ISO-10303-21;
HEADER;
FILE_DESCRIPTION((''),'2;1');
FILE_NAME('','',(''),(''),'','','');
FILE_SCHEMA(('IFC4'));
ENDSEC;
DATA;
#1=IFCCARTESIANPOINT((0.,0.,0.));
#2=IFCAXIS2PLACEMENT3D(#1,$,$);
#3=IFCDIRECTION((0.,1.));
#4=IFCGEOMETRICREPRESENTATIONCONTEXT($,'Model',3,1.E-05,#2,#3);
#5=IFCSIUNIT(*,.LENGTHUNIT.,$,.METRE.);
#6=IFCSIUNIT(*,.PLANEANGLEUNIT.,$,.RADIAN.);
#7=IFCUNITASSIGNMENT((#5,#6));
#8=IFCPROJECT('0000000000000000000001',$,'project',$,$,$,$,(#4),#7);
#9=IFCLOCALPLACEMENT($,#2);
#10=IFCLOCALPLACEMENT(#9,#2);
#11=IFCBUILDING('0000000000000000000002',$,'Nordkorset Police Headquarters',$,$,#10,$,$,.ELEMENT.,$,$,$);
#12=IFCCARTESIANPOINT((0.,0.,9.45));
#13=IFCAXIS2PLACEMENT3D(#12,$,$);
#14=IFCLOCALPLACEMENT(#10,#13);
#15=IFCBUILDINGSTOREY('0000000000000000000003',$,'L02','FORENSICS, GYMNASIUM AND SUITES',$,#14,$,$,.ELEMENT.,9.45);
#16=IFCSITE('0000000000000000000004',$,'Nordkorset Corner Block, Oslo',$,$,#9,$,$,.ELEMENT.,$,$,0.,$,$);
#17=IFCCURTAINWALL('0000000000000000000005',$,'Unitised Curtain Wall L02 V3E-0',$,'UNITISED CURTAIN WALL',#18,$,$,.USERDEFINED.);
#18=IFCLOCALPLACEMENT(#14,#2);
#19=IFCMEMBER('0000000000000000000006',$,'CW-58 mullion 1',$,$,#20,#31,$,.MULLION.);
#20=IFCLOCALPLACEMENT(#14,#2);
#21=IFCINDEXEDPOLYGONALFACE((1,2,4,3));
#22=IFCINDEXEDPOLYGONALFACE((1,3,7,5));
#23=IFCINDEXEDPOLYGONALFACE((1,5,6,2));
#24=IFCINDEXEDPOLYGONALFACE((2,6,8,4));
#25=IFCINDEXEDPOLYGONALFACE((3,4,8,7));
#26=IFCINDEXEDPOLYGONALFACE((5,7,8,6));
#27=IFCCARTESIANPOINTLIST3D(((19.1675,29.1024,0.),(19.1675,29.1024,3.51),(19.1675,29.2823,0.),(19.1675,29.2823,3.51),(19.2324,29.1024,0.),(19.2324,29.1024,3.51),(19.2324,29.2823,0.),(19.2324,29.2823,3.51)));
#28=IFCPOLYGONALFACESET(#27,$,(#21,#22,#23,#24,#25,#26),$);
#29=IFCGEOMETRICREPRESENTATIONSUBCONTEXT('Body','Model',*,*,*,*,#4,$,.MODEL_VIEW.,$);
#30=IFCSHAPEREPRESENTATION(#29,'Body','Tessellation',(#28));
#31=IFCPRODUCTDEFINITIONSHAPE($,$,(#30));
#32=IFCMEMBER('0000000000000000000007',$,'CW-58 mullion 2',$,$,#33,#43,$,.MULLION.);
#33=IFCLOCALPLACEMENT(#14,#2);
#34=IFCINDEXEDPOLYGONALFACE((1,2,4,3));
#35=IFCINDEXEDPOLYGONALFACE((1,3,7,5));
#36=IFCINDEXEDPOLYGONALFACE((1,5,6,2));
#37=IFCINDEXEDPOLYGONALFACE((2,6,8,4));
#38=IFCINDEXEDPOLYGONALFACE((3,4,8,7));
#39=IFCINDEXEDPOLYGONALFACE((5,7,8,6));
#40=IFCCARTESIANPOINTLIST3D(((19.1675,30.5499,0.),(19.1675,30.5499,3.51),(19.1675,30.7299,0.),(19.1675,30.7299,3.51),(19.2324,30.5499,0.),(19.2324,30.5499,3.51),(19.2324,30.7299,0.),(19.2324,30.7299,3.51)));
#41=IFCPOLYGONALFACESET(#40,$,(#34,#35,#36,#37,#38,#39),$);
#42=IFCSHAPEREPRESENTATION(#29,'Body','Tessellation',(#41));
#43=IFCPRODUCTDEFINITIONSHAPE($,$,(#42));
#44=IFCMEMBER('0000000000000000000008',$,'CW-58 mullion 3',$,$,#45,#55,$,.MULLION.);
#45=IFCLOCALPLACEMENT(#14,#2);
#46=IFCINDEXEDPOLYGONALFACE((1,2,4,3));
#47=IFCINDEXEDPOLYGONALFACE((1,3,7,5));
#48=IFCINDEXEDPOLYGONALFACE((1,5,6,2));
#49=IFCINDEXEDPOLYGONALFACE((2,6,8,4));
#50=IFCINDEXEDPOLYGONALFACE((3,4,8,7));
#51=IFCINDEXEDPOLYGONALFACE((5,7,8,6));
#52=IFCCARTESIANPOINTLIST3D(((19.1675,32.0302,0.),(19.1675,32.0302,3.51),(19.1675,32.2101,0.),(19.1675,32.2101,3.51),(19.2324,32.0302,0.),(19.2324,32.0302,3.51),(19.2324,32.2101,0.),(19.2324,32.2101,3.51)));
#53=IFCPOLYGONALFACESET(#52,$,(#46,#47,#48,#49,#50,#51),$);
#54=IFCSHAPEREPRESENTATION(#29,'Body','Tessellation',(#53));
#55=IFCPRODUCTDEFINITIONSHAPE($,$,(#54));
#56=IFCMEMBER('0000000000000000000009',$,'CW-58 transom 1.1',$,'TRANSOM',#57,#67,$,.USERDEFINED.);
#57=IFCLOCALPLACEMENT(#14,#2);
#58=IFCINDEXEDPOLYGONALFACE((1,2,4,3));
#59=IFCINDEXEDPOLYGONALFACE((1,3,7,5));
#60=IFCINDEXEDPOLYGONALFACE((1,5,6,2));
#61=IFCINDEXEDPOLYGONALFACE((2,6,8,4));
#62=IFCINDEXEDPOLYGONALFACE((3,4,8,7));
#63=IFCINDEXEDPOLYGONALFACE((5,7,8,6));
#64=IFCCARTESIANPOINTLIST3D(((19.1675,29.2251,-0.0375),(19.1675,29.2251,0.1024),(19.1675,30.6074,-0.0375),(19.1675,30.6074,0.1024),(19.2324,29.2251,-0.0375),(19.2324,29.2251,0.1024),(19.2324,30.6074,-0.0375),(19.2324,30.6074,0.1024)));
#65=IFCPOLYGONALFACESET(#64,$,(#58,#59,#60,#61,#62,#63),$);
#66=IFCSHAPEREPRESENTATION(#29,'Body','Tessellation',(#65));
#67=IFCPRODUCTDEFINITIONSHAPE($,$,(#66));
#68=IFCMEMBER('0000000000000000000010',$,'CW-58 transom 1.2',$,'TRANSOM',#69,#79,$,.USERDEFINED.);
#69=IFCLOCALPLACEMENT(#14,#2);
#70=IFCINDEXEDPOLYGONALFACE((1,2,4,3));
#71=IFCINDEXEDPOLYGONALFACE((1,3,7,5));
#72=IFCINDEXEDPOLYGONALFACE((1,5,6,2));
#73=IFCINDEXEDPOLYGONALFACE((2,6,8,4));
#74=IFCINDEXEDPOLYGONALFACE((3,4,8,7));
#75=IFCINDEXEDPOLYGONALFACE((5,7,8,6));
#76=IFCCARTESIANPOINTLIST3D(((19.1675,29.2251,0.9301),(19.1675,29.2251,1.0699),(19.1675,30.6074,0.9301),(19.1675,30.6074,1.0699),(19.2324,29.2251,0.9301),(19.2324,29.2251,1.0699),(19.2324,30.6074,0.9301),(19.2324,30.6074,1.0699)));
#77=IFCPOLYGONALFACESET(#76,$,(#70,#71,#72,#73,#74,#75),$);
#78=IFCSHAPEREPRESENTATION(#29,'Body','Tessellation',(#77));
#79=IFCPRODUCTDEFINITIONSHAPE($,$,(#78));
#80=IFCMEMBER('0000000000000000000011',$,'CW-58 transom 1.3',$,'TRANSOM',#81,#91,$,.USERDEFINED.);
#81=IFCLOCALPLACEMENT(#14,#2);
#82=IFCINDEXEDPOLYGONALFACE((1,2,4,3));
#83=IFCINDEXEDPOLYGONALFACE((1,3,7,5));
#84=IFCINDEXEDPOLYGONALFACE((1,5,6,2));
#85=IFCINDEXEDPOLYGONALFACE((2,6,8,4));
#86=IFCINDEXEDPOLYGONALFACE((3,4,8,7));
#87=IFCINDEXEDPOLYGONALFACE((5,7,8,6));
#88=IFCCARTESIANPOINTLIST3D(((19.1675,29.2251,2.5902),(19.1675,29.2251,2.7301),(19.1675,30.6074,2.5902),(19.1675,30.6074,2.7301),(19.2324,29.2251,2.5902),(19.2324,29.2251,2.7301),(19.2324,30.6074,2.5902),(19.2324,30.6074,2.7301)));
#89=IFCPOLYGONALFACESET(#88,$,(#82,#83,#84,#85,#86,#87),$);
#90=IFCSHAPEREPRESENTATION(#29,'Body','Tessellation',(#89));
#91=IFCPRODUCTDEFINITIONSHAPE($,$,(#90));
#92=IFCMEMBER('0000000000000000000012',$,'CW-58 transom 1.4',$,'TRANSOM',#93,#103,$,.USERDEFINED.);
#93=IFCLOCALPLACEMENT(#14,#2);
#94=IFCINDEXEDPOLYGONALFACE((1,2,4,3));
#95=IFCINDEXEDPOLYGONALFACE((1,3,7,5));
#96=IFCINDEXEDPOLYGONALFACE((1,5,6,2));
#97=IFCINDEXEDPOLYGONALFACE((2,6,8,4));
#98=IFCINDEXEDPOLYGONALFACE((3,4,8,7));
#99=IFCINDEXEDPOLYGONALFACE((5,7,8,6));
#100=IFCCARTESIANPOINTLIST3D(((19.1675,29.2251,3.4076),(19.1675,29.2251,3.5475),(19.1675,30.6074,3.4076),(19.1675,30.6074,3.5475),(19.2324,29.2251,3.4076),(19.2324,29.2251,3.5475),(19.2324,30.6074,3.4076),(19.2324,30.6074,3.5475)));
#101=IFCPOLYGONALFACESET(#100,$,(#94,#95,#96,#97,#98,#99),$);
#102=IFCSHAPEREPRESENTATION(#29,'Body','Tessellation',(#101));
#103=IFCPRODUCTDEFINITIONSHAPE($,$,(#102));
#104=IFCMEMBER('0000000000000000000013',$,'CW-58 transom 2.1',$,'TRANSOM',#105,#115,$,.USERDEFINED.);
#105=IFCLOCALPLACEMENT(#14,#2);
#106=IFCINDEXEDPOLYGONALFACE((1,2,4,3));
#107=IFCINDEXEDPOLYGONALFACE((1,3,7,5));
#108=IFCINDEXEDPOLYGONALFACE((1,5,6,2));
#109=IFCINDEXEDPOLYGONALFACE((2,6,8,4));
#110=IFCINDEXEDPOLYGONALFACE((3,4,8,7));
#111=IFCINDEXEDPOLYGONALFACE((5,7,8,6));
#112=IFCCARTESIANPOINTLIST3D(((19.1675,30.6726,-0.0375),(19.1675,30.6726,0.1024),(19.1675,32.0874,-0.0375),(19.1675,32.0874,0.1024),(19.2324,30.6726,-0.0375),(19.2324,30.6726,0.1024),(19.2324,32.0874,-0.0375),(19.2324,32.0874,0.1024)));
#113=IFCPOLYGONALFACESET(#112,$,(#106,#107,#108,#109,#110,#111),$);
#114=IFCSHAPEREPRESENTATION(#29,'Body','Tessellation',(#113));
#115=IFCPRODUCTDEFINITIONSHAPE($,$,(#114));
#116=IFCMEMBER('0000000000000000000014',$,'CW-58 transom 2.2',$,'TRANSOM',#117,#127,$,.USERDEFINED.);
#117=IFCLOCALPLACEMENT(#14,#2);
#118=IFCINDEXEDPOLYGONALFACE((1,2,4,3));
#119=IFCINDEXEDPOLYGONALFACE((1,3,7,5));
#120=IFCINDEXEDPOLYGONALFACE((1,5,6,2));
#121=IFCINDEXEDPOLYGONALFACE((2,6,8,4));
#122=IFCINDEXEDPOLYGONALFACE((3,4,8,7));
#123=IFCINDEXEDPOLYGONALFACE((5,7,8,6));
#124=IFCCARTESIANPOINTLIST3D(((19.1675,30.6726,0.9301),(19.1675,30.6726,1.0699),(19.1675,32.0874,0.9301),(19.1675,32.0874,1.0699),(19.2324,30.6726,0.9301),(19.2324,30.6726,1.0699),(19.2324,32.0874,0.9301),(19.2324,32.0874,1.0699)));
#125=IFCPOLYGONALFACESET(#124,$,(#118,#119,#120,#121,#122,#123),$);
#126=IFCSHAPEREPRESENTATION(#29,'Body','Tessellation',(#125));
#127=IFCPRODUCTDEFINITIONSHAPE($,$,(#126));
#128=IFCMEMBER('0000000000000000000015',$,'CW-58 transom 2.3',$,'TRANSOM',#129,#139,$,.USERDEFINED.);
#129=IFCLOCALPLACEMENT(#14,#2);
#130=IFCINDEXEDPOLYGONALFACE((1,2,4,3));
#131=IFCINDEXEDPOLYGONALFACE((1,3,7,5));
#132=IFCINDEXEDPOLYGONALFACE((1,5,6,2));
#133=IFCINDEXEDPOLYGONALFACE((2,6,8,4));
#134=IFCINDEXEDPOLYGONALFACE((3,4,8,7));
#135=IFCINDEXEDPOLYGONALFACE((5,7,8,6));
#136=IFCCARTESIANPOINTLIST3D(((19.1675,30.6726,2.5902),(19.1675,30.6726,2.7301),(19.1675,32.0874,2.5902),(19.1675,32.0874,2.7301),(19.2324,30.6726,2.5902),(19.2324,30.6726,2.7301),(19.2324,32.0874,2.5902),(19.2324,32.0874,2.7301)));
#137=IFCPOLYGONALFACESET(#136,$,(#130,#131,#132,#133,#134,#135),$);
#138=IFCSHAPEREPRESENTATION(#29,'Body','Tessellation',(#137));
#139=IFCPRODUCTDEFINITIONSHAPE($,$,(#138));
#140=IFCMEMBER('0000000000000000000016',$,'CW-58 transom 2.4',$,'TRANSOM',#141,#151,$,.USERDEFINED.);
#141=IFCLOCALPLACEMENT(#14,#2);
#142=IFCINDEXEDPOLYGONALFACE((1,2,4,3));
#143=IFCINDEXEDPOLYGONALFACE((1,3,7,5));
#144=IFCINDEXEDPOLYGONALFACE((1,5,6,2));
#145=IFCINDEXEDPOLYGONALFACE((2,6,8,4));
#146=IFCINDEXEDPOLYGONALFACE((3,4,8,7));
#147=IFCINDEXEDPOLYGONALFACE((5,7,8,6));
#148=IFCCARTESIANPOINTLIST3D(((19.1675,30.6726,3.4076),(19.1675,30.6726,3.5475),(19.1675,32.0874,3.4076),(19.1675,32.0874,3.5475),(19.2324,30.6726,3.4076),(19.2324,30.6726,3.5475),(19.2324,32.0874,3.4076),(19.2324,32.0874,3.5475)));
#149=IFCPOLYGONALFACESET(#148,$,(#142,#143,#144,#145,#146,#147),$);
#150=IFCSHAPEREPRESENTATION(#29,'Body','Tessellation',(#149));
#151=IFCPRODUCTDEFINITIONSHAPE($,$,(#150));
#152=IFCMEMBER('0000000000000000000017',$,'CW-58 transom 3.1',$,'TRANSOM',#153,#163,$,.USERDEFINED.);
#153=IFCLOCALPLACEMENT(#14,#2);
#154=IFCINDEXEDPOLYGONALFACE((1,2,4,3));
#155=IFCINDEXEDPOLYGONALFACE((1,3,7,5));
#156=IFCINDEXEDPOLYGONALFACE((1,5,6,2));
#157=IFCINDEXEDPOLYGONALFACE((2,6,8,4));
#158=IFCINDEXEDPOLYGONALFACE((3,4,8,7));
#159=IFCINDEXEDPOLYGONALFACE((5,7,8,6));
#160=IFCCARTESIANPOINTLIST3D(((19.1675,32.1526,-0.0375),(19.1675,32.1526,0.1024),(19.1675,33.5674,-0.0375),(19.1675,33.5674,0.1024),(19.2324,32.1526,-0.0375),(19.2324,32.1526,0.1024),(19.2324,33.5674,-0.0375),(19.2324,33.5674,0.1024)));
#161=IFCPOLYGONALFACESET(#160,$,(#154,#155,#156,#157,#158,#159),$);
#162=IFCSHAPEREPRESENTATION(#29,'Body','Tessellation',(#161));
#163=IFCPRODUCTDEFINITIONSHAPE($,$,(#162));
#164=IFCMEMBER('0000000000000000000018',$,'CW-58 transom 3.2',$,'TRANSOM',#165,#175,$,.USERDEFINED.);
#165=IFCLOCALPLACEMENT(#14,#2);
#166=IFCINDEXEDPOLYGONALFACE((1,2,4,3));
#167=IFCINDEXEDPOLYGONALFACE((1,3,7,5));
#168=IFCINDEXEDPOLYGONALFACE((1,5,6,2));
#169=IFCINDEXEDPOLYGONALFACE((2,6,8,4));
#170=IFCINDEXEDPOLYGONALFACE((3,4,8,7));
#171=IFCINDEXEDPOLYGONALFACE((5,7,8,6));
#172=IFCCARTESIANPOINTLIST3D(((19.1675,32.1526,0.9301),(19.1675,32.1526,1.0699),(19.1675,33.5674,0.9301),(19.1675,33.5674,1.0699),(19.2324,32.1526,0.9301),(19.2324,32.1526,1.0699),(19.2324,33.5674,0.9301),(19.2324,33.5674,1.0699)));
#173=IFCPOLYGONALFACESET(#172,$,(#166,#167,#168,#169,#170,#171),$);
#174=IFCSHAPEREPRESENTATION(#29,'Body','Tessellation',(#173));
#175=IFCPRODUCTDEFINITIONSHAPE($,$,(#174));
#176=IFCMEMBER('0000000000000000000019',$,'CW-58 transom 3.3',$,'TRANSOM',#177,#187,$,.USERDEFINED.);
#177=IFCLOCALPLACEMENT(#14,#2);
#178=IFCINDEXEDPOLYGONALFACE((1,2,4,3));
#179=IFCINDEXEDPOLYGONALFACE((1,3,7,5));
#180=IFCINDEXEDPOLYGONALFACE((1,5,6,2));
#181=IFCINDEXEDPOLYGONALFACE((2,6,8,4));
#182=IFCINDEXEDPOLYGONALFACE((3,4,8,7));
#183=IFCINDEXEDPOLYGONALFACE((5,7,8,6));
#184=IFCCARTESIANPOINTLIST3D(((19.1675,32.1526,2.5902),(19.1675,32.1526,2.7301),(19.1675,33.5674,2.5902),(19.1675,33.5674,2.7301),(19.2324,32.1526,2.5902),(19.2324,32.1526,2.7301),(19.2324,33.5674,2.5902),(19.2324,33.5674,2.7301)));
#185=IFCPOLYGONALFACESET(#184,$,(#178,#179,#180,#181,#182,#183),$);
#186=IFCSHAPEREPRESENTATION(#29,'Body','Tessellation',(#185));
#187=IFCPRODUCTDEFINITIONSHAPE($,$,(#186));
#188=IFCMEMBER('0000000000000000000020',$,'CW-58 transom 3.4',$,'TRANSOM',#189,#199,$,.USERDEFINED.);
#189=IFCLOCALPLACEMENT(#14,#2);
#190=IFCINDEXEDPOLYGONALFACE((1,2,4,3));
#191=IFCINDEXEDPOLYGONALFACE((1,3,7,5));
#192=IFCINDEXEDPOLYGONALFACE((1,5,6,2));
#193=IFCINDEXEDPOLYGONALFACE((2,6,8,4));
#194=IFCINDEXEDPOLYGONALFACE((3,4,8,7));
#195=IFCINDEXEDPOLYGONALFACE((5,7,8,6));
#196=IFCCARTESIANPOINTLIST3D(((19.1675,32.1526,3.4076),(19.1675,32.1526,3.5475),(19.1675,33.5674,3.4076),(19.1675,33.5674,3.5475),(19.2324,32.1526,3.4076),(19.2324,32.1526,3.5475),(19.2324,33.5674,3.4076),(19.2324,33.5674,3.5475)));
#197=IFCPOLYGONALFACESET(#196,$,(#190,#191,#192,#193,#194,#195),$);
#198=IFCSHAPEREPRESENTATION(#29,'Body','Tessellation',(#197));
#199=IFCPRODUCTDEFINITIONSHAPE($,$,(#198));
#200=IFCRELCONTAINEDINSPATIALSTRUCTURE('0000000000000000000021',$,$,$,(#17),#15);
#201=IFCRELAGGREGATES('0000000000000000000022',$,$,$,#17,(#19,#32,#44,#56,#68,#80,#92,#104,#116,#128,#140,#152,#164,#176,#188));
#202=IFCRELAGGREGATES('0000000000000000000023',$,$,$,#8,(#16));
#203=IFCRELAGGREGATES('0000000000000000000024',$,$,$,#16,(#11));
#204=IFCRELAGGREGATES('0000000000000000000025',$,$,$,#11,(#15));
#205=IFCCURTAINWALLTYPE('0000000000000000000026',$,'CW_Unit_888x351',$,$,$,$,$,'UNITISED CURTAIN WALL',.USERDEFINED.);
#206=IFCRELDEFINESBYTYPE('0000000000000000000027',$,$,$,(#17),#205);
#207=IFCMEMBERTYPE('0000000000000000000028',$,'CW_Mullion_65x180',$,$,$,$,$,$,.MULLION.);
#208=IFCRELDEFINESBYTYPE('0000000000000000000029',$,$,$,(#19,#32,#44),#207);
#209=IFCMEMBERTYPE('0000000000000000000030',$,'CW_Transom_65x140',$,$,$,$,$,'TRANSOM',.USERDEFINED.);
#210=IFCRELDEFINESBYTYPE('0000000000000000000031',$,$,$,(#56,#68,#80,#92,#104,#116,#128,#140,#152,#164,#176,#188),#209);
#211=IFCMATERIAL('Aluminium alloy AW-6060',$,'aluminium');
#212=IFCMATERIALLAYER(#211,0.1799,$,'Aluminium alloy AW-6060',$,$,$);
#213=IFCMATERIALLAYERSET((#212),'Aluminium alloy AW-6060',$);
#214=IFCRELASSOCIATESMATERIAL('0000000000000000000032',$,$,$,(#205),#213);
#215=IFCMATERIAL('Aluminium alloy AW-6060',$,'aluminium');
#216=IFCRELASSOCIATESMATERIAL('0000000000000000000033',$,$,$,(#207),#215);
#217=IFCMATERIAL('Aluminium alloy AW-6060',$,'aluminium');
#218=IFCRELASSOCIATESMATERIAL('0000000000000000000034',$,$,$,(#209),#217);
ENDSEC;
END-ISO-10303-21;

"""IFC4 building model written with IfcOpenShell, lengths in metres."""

from ifc_helpers import new_model, si_unit, direction, frame, origin, origin_2d, place, context, subcontext, project, spatial, rectangle, extrude, material, layer, layer_set, material_profile, profile_set, type_object, element, aggregate, save


model = new_model("IFC4")

# Units and contexts
model_context = context("Model", 3, precision=1e-05, world=origin(), true_north=direction((0.0, 1.0)))
body_context = subcontext(model_context, "Body", "Model", "MODEL_VIEW")
ifc_project = project(units=[si_unit("LENGTHUNIT", "METRE"), si_unit("PLANEANGLEUNIT", "RADIAN")], contexts=[model_context])

# Site, building, storey
site_placement = place(None, origin())
site = spatial("IfcSite", under=ifc_project, at=site_placement, Name="Nordkorset Corner Block, Oslo", CompositionType="ELEMENT", RefElevation=0.0)
building_placement = place(site_placement, origin())
building = spatial("IfcBuilding", under=site, at=building_placement, Name="Nordkorset Police Headquarters", CompositionType="ELEMENT")
storey_placement = place(building_placement, frame((0.0, 0.0, 9.45)))
storey = spatial("IfcBuildingStorey", under=building, at=storey_placement, Name="L02", Description="FORENSICS, GYMNASIUM AND SUITES", CompositionType="ELEMENT", Elevation=9.45)

# Curtain wall, members
ifc_material_1 = material(Name="Aluminium alloy AW-6060", Category="aluminium")
ifc_layer_1 = layer(ifc_material_1, 0.1799, Name="Aluminium alloy AW-6060")
ifc_layer_set_1 = layer_set([ifc_layer_1], Name="Aluminium alloy AW-6060")
curtain_wall_type = type_object("IfcCurtainWallType", Name="CW_Unit_888x351", ElementType="UNITISED CURTAIN WALL", PredefinedType="USERDEFINED", material=ifc_layer_set_1)
curtain_wall_placement = place(storey_placement, origin())
curtain_wall = element("IfcCurtainWall", 1, at=curtain_wall_placement, inside=storey, type_object=curtain_wall_type, Name="Unitised Curtain Wall L02 V3E-0", ObjectType="UNITISED CURTAIN WALL", PredefinedType="USERDEFINED")
ifc_material_2 = material(Name="Aluminium alloy AW-6060", Category="aluminium")
ifc_material_profile_1 = material_profile(ifc_material_2, rectangle(XDim=0.0649, YDim=0.1799, at=origin_2d()), Name="ALU MULL 65x180")
ifc_profile_set_1 = profile_set([ifc_material_profile_1], Name="Aluminium alloy AW-6060")
member_type_1 = type_object("IfcMemberType", Name="CW_Mullion_65x180", PredefinedType="MULLION", material=ifc_profile_set_1)
member_1_placement = place(storey_placement, frame((19.2, 29.1924, 0.0), z_axis=(0.0, 0.0, 1.0), x_axis=(-1.0, 0.0, 0.0)))
member_1 = element("IfcMember", 2, at=member_1_placement, type_object=member_type_1, Name="CW-58 mullion 1", PredefinedType="MULLION", context=body_context, shape_type="SweptSolid", body=[
    extrude(rectangle(XDim=0.0649, YDim=0.1799, at=origin_2d()), origin(), (0.0, 0.0, 1.0), 3.51),
])
member_2_placement = place(storey_placement, frame((19.2, 30.6399, 0.0), z_axis=(0.0, 0.0, 1.0), x_axis=(-1.0, 0.0, 0.0)))
member_2 = element("IfcMember", 3, at=member_2_placement, type_object=member_type_1, Name="CW-58 mullion 2", PredefinedType="MULLION", context=body_context, shape_type="SweptSolid", body=[
    extrude(rectangle(XDim=0.0649, YDim=0.1799, at=origin_2d()), origin(), (0.0, 0.0, 1.0), 3.51),
])
member_3_placement = place(storey_placement, frame((19.2, 32.1201, 0.0), z_axis=(0.0, 0.0, 1.0), x_axis=(-1.0, 0.0, 0.0)))
member_3 = element("IfcMember", 4, at=member_3_placement, type_object=member_type_1, Name="CW-58 mullion 3", PredefinedType="MULLION", context=body_context, shape_type="SweptSolid", body=[
    extrude(rectangle(XDim=0.0649, YDim=0.1799, at=origin_2d()), origin(), (0.0, 0.0, 1.0), 3.51),
])
ifc_material_3 = material(Name="Aluminium alloy AW-6060", Category="aluminium")
ifc_material_profile_2 = material_profile(ifc_material_3, rectangle(XDim=0.0649, YDim=0.1399, at=origin_2d()), Name="ALU TRAN 65x140")
ifc_profile_set_2 = profile_set([ifc_material_profile_2], Name="Aluminium alloy AW-6060")
member_type_2 = type_object("IfcMemberType", Name="CW_Transom_65x140", ElementType="TRANSOM", PredefinedType="USERDEFINED", material=ifc_profile_set_2)
member_4_placement = place(storey_placement, frame((19.2, 29.2251, 0.0325), z_axis=(0.0, 1.0, 0.0), x_axis=(-1.0, 0.0, 0.0)))
member_4 = element("IfcMember", 5, at=member_4_placement, type_object=member_type_2, Name="CW-58 transom 1.1", ObjectType="TRANSOM", PredefinedType="USERDEFINED", context=body_context, shape_type="SweptSolid", body=[
    extrude(rectangle(XDim=0.0649, YDim=0.1399, at=origin_2d()), origin(), (0.0, 0.0, 1.0), 1.3823),
])
member_5_placement = place(storey_placement, frame((19.2, 29.2251, 1.0), z_axis=(0.0, 1.0, 0.0), x_axis=(-1.0, 0.0, 0.0)))
member_5 = element("IfcMember", 6, at=member_5_placement, type_object=member_type_2, Name="CW-58 transom 1.2", ObjectType="TRANSOM", PredefinedType="USERDEFINED", context=body_context, shape_type="SweptSolid", body=[
    extrude(rectangle(XDim=0.0649, YDim=0.1399, at=origin_2d()), origin(), (0.0, 0.0, 1.0), 1.3823),
])
member_6_placement = place(storey_placement, frame((19.2, 29.2251, 2.6602), z_axis=(0.0, 1.0, 0.0), x_axis=(-1.0, 0.0, 0.0)))
member_6 = element("IfcMember", 7, at=member_6_placement, type_object=member_type_2, Name="CW-58 transom 1.3", ObjectType="TRANSOM", PredefinedType="USERDEFINED", context=body_context, shape_type="SweptSolid", body=[
    extrude(rectangle(XDim=0.0649, YDim=0.1399, at=origin_2d()), origin(), (0.0, 0.0, 1.0), 1.3823),
])
member_7_placement = place(storey_placement, frame((19.2, 29.2251, 3.4775), z_axis=(0.0, 1.0, 0.0), x_axis=(-1.0, 0.0, 0.0)))
member_7 = element("IfcMember", 8, at=member_7_placement, type_object=member_type_2, Name="CW-58 transom 1.4", ObjectType="TRANSOM", PredefinedType="USERDEFINED", context=body_context, shape_type="SweptSolid", body=[
    extrude(rectangle(XDim=0.0649, YDim=0.1399, at=origin_2d()), origin(), (0.0, 0.0, 1.0), 1.3823),
])
member_8_placement = place(storey_placement, frame((19.2, 30.6726, 0.0325), z_axis=(0.0, 1.0, 0.0), x_axis=(-1.0, 0.0, 0.0)))
member_8 = element("IfcMember", 9, at=member_8_placement, type_object=member_type_2, Name="CW-58 transom 2.1", ObjectType="TRANSOM", PredefinedType="USERDEFINED", context=body_context, shape_type="SweptSolid", body=[
    extrude(rectangle(XDim=0.0649, YDim=0.1399, at=origin_2d()), origin(), (0.0, 0.0, 1.0), 1.4148),
])
member_9_placement = place(storey_placement, frame((19.2, 30.6726, 1.0), z_axis=(0.0, 1.0, 0.0), x_axis=(-1.0, 0.0, 0.0)))
member_9 = element("IfcMember", 10, at=member_9_placement, type_object=member_type_2, Name="CW-58 transom 2.2", ObjectType="TRANSOM", PredefinedType="USERDEFINED", context=body_context, shape_type="SweptSolid", body=[
    extrude(rectangle(XDim=0.0649, YDim=0.1399, at=origin_2d()), origin(), (0.0, 0.0, 1.0), 1.4148),
])
member_10_placement = place(storey_placement, frame((19.2, 30.6726, 2.6602), z_axis=(0.0, 1.0, 0.0), x_axis=(-1.0, 0.0, 0.0)))
member_10 = element("IfcMember", 11, at=member_10_placement, type_object=member_type_2, Name="CW-58 transom 2.3", ObjectType="TRANSOM", PredefinedType="USERDEFINED", context=body_context, shape_type="SweptSolid", body=[
    extrude(rectangle(XDim=0.0649, YDim=0.1399, at=origin_2d()), origin(), (0.0, 0.0, 1.0), 1.4148),
])
member_11_placement = place(storey_placement, frame((19.2, 30.6726, 3.4775), z_axis=(0.0, 1.0, 0.0), x_axis=(-1.0, 0.0, 0.0)))
member_11 = element("IfcMember", 12, at=member_11_placement, type_object=member_type_2, Name="CW-58 transom 2.4", ObjectType="TRANSOM", PredefinedType="USERDEFINED", context=body_context, shape_type="SweptSolid", body=[
    extrude(rectangle(XDim=0.0649, YDim=0.1399, at=origin_2d()), origin(), (0.0, 0.0, 1.0), 1.4148),
])
member_12_placement = place(storey_placement, frame((19.2, 32.1526, 0.0325), z_axis=(0.0, 1.0, 0.0), x_axis=(-1.0, 0.0, 0.0)))
member_12 = element("IfcMember", 13, at=member_12_placement, type_object=member_type_2, Name="CW-58 transom 3.1", ObjectType="TRANSOM", PredefinedType="USERDEFINED", context=body_context, shape_type="SweptSolid", body=[
    extrude(rectangle(XDim=0.0649, YDim=0.1399, at=origin_2d()), origin(), (0.0, 0.0, 1.0), 1.4148),
])
member_13_placement = place(storey_placement, frame((19.2, 32.1526, 1.0), z_axis=(0.0, 1.0, 0.0), x_axis=(-1.0, 0.0, 0.0)))
member_13 = element("IfcMember", 14, at=member_13_placement, type_object=member_type_2, Name="CW-58 transom 3.2", ObjectType="TRANSOM", PredefinedType="USERDEFINED", context=body_context, shape_type="SweptSolid", body=[
    extrude(rectangle(XDim=0.0649, YDim=0.1399, at=origin_2d()), origin(), (0.0, 0.0, 1.0), 1.4148),
])
member_14_placement = place(storey_placement, frame((19.2, 32.1526, 2.6602), z_axis=(0.0, 1.0, 0.0), x_axis=(-1.0, 0.0, 0.0)))
member_14 = element("IfcMember", 15, at=member_14_placement, type_object=member_type_2, Name="CW-58 transom 3.3", ObjectType="TRANSOM", PredefinedType="USERDEFINED", context=body_context, shape_type="SweptSolid", body=[
    extrude(rectangle(XDim=0.0649, YDim=0.1399, at=origin_2d()), origin(), (0.0, 0.0, 1.0), 1.4148),
])
member_15_placement = place(storey_placement, frame((19.2, 32.1526, 3.4775), z_axis=(0.0, 1.0, 0.0), x_axis=(-1.0, 0.0, 0.0)))
member_15 = element("IfcMember", 16, at=member_15_placement, type_object=member_type_2, Name="CW-58 transom 3.4", ObjectType="TRANSOM", PredefinedType="USERDEFINED", context=body_context, shape_type="SweptSolid", body=[
    extrude(rectangle(XDim=0.0649, YDim=0.1399, at=origin_2d()), origin(), (0.0, 0.0, 1.0), 1.4148),
])

aggregate(curtain_wall, [member_1, member_2, member_3, member_4, member_5, member_6, member_7, member_8, member_9, member_10, member_11, member_12, member_13, member_14, member_15])

save(model, "model.ifc")
